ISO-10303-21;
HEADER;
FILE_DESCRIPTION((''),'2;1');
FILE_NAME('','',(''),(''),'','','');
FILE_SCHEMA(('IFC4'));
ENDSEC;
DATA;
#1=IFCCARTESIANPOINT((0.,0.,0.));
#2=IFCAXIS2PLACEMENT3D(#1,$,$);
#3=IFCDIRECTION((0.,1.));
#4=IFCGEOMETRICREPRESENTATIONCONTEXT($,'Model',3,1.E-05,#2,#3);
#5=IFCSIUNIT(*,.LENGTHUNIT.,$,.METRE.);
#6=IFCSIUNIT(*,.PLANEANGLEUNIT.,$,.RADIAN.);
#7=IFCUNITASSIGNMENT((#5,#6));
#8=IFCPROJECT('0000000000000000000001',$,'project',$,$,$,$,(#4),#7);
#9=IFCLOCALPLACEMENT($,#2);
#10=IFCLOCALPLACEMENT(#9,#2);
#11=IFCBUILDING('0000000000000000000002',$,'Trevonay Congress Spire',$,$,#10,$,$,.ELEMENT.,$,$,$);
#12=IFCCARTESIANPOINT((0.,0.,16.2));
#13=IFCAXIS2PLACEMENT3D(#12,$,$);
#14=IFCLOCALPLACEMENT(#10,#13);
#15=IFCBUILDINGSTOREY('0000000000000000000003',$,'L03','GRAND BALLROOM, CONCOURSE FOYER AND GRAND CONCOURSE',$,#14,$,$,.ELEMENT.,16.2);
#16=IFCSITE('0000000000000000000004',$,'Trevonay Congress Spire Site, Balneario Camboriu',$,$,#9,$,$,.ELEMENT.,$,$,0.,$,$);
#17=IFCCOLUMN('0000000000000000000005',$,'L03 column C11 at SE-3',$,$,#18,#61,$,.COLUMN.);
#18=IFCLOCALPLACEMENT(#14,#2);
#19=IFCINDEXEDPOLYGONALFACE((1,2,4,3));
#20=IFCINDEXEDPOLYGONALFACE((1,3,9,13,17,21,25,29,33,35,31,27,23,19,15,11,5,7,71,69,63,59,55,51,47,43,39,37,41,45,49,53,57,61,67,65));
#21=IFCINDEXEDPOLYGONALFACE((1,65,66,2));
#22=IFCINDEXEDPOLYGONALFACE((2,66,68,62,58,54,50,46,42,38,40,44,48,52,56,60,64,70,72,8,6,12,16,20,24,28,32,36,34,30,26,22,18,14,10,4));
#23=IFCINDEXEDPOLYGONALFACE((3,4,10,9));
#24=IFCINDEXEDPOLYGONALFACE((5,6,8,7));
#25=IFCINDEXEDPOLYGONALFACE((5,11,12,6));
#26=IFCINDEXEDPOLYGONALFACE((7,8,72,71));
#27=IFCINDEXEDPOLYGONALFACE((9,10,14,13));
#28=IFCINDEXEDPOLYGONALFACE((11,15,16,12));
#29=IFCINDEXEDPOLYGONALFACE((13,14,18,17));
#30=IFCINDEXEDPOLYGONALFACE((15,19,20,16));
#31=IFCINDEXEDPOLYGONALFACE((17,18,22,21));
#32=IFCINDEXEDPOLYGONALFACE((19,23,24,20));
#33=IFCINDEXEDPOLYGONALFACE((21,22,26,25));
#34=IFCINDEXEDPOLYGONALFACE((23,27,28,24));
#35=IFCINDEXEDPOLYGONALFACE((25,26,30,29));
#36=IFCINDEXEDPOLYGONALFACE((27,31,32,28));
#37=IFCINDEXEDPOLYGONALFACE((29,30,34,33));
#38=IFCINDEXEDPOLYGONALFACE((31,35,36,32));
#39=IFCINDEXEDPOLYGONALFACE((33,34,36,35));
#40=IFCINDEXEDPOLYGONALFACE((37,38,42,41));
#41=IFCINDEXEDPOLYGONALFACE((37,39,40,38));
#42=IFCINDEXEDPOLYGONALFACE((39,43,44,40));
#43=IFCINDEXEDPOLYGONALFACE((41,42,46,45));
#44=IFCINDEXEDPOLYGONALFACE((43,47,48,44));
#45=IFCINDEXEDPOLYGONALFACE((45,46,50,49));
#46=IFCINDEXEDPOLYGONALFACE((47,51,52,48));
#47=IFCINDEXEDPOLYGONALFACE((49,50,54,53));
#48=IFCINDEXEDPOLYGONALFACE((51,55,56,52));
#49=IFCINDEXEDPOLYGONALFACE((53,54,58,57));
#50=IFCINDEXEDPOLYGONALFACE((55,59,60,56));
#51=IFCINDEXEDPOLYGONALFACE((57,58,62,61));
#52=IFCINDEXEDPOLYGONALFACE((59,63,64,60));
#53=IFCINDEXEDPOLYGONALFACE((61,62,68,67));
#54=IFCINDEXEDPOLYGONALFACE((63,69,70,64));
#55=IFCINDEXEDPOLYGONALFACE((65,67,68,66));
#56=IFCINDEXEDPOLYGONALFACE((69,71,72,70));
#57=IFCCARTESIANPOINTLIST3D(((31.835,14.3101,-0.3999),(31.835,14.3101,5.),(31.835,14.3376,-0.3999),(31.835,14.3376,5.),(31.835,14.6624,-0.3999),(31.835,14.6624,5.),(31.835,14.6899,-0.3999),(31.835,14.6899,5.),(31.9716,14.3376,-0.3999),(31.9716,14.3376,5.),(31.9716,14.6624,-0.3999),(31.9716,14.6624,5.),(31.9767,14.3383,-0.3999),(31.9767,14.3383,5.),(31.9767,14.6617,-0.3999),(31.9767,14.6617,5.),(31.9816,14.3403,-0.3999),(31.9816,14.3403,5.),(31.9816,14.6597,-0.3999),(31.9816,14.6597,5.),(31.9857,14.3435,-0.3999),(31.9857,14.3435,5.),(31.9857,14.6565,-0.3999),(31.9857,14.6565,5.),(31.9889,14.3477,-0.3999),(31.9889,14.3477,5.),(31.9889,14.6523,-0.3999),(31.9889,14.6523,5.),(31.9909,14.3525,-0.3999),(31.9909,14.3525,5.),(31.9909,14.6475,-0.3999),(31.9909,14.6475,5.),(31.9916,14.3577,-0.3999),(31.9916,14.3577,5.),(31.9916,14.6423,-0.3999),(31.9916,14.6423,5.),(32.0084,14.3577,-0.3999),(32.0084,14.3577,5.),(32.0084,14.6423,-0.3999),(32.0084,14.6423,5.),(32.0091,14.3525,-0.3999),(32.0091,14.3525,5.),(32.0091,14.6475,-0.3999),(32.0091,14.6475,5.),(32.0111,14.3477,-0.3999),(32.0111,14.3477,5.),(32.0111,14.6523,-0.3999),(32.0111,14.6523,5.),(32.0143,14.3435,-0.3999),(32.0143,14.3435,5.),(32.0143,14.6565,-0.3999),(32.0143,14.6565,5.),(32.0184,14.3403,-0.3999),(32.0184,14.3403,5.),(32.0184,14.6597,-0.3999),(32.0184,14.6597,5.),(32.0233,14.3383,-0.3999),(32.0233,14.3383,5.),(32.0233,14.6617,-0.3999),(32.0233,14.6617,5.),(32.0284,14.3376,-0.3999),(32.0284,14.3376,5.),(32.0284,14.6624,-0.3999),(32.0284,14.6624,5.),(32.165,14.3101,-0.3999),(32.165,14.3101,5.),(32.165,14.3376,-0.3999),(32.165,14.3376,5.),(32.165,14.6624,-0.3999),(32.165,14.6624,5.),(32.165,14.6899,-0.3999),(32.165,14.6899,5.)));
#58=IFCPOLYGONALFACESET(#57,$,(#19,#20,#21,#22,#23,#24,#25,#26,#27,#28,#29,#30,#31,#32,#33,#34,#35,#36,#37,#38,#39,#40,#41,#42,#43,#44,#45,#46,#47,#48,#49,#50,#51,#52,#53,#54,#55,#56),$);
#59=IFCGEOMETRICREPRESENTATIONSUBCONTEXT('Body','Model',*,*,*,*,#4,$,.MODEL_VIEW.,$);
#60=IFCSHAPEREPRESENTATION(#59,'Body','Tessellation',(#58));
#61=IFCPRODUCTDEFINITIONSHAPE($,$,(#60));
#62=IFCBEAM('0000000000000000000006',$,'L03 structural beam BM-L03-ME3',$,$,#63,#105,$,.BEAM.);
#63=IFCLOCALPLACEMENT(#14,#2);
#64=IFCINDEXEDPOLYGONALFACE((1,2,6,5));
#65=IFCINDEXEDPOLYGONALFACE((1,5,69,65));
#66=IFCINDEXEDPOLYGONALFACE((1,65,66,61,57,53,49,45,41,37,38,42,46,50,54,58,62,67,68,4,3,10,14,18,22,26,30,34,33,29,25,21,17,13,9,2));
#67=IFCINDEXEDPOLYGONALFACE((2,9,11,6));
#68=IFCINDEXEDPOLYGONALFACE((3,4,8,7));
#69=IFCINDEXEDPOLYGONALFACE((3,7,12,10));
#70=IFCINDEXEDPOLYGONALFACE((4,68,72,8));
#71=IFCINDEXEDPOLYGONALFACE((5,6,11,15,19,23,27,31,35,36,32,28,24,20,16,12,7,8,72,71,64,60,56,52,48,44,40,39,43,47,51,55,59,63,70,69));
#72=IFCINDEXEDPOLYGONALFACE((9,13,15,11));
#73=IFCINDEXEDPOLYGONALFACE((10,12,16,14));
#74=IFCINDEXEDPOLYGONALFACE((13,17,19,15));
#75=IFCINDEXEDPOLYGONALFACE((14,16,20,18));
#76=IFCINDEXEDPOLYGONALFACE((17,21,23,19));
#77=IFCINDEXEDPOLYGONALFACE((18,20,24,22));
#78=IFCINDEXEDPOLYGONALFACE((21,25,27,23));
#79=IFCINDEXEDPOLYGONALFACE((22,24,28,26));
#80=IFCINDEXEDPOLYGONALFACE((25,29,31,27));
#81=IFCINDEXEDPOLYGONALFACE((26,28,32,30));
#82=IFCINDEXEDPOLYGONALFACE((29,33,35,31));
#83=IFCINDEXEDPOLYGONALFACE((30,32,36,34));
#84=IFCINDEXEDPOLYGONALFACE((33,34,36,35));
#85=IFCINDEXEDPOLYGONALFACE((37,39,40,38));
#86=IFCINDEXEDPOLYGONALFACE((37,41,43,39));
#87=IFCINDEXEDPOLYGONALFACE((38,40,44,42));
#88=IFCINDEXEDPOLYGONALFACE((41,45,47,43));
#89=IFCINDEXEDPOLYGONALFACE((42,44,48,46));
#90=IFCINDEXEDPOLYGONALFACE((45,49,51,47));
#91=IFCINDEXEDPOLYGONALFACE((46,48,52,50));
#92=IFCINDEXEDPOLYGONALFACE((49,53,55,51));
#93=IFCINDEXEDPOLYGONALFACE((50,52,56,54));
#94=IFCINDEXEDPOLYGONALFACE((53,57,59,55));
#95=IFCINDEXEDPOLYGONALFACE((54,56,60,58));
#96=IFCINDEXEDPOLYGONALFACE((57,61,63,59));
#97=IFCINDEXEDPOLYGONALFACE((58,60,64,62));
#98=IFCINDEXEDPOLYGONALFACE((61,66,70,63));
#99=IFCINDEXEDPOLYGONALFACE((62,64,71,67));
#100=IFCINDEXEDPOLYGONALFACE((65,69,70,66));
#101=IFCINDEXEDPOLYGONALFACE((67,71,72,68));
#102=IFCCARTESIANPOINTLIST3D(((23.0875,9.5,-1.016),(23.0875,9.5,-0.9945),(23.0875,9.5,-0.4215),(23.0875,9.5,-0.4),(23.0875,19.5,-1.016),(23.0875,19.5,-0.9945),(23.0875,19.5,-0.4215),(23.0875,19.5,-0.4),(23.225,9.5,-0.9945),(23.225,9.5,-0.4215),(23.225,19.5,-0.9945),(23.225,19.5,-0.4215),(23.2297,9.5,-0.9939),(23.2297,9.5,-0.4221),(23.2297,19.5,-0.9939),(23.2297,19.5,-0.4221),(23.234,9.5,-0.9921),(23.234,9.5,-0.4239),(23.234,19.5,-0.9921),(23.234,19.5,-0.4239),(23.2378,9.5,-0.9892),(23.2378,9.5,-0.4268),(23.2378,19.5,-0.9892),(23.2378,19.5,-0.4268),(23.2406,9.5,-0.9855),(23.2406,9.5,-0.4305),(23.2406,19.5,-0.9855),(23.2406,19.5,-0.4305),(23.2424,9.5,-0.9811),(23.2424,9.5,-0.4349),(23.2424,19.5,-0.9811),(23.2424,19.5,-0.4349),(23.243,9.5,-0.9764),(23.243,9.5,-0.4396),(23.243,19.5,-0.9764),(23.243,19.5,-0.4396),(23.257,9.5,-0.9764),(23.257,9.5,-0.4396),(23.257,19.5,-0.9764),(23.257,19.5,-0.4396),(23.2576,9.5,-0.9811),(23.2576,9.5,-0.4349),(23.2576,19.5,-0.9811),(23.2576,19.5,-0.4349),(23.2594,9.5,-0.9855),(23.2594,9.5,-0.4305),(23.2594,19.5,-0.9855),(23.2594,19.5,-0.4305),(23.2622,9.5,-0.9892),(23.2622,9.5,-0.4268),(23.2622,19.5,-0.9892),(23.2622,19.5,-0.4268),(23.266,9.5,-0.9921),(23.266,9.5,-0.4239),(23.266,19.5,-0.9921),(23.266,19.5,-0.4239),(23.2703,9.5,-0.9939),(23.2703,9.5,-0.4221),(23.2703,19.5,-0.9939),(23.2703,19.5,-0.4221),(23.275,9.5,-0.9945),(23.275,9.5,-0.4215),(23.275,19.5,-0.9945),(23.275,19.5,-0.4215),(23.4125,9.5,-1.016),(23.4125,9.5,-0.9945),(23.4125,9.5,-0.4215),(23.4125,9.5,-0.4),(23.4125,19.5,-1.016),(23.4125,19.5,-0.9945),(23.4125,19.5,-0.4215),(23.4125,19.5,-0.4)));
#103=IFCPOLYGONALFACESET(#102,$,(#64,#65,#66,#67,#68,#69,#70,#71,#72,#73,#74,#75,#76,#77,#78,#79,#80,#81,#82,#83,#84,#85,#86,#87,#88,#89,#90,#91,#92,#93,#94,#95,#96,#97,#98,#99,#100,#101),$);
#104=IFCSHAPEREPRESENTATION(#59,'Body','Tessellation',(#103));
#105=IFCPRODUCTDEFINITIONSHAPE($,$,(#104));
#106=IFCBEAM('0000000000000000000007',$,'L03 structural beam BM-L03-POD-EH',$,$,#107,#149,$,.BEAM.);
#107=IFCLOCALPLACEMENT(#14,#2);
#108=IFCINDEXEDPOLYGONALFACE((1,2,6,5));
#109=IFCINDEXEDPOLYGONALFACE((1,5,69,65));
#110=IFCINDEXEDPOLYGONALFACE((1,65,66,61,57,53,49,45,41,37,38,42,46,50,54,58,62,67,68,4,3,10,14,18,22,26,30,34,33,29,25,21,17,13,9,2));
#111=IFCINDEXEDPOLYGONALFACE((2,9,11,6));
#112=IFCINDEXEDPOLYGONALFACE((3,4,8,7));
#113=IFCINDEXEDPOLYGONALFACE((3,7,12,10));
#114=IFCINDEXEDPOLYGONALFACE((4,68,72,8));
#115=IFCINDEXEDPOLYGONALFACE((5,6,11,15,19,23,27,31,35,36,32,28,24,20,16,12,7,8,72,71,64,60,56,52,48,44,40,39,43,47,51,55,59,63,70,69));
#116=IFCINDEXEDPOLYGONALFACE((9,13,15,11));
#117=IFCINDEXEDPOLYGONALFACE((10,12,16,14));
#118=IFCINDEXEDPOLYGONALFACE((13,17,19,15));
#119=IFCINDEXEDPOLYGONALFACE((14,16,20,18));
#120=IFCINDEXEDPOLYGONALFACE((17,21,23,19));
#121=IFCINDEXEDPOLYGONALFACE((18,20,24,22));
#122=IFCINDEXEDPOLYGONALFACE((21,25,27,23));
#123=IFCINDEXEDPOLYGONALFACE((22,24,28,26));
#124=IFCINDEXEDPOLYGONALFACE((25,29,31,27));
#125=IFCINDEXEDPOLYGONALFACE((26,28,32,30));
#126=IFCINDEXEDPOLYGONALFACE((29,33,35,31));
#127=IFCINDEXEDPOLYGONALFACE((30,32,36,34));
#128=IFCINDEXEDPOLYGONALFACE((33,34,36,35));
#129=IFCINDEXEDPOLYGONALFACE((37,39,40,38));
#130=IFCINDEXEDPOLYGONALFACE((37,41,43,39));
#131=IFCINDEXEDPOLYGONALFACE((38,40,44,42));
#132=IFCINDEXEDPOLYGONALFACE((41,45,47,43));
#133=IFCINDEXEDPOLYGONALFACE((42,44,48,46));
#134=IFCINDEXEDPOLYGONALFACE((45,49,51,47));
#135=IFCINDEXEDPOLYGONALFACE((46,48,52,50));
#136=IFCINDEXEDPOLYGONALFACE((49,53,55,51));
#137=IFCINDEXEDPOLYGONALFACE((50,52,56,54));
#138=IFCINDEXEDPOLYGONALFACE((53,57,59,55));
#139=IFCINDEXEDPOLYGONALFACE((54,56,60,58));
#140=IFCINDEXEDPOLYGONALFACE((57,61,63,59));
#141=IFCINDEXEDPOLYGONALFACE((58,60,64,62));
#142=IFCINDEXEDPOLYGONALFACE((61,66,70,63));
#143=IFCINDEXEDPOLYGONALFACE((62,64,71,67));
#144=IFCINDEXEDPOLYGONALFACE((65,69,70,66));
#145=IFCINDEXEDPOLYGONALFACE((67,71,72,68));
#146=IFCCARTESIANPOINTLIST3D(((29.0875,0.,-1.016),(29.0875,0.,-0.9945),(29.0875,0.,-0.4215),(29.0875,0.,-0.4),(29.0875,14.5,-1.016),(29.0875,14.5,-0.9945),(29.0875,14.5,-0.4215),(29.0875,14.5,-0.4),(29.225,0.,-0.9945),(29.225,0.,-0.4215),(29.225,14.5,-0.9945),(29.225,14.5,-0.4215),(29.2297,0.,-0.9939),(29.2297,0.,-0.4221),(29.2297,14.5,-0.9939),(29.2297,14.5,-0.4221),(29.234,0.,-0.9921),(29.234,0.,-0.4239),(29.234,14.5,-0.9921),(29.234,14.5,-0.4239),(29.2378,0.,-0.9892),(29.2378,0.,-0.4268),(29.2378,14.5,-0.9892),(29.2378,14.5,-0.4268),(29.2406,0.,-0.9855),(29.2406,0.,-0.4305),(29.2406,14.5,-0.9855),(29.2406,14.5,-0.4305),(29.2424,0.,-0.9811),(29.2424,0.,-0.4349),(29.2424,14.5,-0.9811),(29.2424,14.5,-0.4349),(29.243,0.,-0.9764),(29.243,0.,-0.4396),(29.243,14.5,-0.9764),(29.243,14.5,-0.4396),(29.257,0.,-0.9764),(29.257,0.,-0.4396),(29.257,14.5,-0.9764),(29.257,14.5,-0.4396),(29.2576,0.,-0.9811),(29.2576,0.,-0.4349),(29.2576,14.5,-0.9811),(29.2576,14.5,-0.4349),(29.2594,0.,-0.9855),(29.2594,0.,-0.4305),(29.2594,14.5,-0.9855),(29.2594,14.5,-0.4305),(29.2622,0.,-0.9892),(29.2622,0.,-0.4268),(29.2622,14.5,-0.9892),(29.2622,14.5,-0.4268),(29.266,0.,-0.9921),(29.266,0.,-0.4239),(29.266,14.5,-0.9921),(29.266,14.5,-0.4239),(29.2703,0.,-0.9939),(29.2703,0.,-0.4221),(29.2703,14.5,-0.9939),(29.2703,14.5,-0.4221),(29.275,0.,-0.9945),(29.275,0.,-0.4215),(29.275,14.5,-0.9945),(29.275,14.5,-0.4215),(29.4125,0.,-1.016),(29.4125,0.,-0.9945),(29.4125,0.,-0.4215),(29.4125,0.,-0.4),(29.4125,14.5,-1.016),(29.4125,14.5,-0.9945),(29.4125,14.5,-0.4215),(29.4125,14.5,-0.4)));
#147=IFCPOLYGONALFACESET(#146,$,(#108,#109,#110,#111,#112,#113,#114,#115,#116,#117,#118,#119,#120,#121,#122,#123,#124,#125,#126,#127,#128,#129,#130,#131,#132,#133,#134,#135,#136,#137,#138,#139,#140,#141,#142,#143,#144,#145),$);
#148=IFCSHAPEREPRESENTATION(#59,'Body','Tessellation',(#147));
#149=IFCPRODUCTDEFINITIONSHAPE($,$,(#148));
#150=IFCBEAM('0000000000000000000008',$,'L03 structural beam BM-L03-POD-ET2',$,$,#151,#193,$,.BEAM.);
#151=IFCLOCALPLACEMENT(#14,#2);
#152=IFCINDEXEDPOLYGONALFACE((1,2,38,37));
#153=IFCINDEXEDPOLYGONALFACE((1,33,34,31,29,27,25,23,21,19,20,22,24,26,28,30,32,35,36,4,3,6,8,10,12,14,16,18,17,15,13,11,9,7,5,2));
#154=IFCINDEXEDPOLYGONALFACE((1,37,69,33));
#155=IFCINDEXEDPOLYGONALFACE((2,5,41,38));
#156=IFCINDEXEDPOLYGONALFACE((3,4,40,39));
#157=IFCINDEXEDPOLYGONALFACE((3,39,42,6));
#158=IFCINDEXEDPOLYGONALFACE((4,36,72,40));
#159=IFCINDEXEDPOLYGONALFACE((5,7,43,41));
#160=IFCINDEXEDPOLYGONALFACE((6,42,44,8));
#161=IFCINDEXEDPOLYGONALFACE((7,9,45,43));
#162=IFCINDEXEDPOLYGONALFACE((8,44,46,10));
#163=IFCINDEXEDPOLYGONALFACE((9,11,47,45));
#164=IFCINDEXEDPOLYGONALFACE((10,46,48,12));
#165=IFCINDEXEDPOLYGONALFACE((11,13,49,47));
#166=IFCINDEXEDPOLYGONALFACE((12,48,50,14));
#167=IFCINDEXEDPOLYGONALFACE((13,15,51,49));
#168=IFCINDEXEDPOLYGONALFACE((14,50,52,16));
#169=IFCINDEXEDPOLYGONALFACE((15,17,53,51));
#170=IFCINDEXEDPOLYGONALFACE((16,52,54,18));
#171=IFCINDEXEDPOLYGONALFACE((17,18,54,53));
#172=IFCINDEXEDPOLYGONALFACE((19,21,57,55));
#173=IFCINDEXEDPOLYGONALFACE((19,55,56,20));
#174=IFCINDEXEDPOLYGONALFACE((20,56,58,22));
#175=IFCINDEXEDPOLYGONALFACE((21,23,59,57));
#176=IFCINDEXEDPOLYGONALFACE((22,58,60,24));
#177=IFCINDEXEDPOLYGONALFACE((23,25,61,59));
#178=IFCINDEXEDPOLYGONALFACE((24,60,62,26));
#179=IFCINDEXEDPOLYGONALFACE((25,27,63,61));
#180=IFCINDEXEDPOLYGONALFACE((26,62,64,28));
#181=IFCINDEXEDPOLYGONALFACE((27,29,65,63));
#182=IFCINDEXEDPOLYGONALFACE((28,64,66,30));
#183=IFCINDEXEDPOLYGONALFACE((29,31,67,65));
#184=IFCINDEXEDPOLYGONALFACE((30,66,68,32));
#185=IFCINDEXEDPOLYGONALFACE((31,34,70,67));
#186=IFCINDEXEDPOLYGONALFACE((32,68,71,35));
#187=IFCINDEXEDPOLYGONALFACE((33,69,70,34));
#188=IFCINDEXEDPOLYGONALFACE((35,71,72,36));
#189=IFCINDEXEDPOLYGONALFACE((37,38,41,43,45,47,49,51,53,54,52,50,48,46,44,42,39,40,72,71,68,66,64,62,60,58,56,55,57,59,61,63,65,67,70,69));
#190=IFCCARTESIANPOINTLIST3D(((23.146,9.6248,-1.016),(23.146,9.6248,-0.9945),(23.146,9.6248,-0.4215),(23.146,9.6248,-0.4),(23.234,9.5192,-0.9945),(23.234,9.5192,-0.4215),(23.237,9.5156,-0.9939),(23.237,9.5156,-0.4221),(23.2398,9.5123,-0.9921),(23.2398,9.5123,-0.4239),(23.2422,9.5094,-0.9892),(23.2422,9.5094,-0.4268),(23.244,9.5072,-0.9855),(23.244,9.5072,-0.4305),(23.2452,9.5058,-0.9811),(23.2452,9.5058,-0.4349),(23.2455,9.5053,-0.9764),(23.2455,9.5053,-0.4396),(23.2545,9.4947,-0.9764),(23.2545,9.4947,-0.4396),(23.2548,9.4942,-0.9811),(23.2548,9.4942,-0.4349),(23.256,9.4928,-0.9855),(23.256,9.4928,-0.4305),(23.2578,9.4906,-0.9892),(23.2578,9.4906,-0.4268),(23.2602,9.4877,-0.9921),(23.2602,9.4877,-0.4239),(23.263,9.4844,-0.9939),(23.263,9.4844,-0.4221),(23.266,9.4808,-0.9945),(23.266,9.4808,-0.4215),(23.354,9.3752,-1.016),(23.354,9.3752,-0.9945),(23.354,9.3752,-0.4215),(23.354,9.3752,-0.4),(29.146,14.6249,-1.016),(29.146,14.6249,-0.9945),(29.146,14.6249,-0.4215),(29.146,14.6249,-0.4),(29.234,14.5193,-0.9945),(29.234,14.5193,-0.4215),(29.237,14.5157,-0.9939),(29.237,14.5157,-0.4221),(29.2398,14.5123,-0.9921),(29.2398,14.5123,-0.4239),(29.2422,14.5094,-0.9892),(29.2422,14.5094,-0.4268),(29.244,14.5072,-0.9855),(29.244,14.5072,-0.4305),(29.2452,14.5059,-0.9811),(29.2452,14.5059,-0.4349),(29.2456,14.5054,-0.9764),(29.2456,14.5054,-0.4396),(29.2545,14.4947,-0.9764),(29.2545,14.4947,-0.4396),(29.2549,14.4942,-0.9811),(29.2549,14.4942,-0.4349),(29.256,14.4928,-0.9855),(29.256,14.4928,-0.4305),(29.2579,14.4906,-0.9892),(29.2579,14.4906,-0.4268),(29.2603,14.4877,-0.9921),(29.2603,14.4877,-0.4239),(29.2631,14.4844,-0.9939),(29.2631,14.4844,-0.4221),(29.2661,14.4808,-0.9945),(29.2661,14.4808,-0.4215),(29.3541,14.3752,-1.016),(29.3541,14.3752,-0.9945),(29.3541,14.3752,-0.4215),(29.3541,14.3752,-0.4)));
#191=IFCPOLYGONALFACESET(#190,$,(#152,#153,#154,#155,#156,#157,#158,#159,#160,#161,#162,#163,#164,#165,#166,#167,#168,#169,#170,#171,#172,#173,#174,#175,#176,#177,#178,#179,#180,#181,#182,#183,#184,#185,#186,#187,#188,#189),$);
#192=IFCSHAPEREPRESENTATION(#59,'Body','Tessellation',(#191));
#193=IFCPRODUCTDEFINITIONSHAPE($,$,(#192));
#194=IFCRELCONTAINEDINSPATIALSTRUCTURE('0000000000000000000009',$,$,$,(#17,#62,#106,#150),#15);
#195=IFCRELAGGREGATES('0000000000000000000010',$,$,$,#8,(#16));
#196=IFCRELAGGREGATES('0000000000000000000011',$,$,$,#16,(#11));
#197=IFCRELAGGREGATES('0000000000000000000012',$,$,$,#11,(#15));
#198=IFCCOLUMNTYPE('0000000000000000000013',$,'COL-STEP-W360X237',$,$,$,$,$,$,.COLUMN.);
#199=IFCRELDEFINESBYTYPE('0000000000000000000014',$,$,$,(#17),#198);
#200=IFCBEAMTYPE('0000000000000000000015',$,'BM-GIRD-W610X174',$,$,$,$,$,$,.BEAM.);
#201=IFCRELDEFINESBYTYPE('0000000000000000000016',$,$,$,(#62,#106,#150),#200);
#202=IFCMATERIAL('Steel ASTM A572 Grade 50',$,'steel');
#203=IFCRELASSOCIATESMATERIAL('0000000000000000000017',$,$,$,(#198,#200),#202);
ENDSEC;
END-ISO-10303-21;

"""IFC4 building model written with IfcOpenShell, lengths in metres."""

from ifc_helpers import new_model, si_unit, direction, frame, origin, origin_2d, place, context, subcontext, project, spatial, i_section, extrude, material, material_profile, profile_set, type_object, element, save


model = new_model("IFC4")

# Units and contexts
model_context = context("Model", 3, precision=1e-05, world=origin(), true_north=direction((0.0, 1.0)))
body_context = subcontext(model_context, "Body", "Model", "MODEL_VIEW")
ifc_project = project(units=[si_unit("LENGTHUNIT", "METRE"), si_unit("PLANEANGLEUNIT", "RADIAN")], contexts=[model_context])

# Site, building, storey
site_placement = place(None, origin())
site = spatial("IfcSite", under=ifc_project, at=site_placement, Name="Trevonay Congress Spire Site, Balneario Camboriu", CompositionType="ELEMENT", RefElevation=0.0)
building_placement = place(site_placement, origin())
building = spatial("IfcBuilding", under=site, at=building_placement, Name="Trevonay Congress Spire", CompositionType="ELEMENT")
storey_placement = place(building_placement, frame((0.0, 0.0, 16.2)))
storey = spatial("IfcBuildingStorey", under=building, at=storey_placement, Name="L03", Description="GRAND BALLROOM, CONCOURSE FOYER AND GRAND CONCOURSE", CompositionType="ELEMENT", Elevation=16.2)

# Column
ifc_material_1 = material(Name="Steel ASTM A572 Grade 50", Category="steel")
ifc_material_profile_1 = material_profile(ifc_material_1, i_section(OverallWidth=0.3301, OverallDepth=0.3799, WebThickness=0.0168, FlangeThickness=0.0276, FilletRadius=0.02, at=origin_2d()), Name="W360x237")
ifc_profile_set_1 = profile_set([ifc_material_profile_1], Name="Steel ASTM A572 Grade 50")
column_type_1 = type_object("IfcColumnType", Name="COL-STEP-W360X237", PredefinedType="COLUMN", material=ifc_profile_set_1)
for number, where, z_axis, x_axis, name in (
    (1, (32.0, 14.5, -0.3999), (0.0, 0.0, 1.0), (1.0, 0.0, 0.0), "L03 column C11 at SE-3"),
):
    element("IfcColumn", number, at=place(storey_placement, frame(where, z_axis=z_axis, x_axis=x_axis)), inside=storey, type_object=column_type_1, Name=name, PredefinedType="COLUMN", context=body_context, shape_type="SweptSolid", body=[
        extrude(i_section(OverallWidth=0.3301, OverallDepth=0.3799, WebThickness=0.0168, FlangeThickness=0.0276, FilletRadius=0.02, at=origin_2d()), origin(), (0.0, 0.0, 1.0), 5.3999),
    ])

# Beams
ifc_material_profile_2 = material_profile(ifc_material_1, i_section(OverallWidth=0.325, OverallDepth=0.616, WebThickness=0.0139, FlangeThickness=0.0215, FilletRadius=0.0181, at=origin_2d()), Name="W610x174")
ifc_profile_set_2 = profile_set([ifc_material_profile_2], Name="Steel ASTM A572 Grade 50")
beam_type_1 = type_object("IfcBeamType", Name="BM-GIRD-W610X174", PredefinedType="BEAM", material=ifc_profile_set_2)
beam_1_placement = place(storey_placement, frame((23.25, 9.5, -0.708), z_axis=(0.0, 1.0, 0.0), x_axis=(-1.0, 0.0, 0.0)))
element("IfcBeam", 2, at=beam_1_placement, inside=storey, type_object=beam_type_1, Name="L03 structural beam BM-L03-ME3", PredefinedType="BEAM", context=body_context, shape_type="SweptSolid", body=[
    extrude(i_section(OverallWidth=0.325, OverallDepth=0.616, WebThickness=0.0139, FlangeThickness=0.0215, FilletRadius=0.0181, at=origin_2d()), origin(), (0.0, 0.0, 1.0), 10.0),
])
beam_2_placement = place(storey_placement, frame((29.25, 0.0, -0.708), z_axis=(0.0, 1.0, 0.0), x_axis=(-1.0, 0.0, 0.0)))
element("IfcBeam", 3, at=beam_2_placement, inside=storey, type_object=beam_type_1, Name="L03 structural beam BM-L03-POD-EH", PredefinedType="BEAM", context=body_context, shape_type="SweptSolid", body=[
    extrude(i_section(OverallWidth=0.325, OverallDepth=0.616, WebThickness=0.0139, FlangeThickness=0.0215, FilletRadius=0.0181, at=origin_2d()), origin(), (0.0, 0.0, 1.0), 14.5),
])
beam_3_placement = place(storey_placement, frame((23.25, 9.5, -0.708), z_axis=(0.768221, 0.640184, 0.0), x_axis=(-0.640184, 0.768221, 0.0)))
element("IfcBeam", 4, at=beam_3_placement, inside=storey, type_object=beam_type_1, Name="L03 structural beam BM-L03-POD-ET2", PredefinedType="BEAM", context=body_context, shape_type="SweptSolid", body=[
    extrude(i_section(OverallWidth=0.325, OverallDepth=0.616, WebThickness=0.0139, FlangeThickness=0.0215, FilletRadius=0.0181, at=origin_2d()), origin(), (0.0, 0.0, 1.0), 7.8103),
])

save(model, "model.ifc")
